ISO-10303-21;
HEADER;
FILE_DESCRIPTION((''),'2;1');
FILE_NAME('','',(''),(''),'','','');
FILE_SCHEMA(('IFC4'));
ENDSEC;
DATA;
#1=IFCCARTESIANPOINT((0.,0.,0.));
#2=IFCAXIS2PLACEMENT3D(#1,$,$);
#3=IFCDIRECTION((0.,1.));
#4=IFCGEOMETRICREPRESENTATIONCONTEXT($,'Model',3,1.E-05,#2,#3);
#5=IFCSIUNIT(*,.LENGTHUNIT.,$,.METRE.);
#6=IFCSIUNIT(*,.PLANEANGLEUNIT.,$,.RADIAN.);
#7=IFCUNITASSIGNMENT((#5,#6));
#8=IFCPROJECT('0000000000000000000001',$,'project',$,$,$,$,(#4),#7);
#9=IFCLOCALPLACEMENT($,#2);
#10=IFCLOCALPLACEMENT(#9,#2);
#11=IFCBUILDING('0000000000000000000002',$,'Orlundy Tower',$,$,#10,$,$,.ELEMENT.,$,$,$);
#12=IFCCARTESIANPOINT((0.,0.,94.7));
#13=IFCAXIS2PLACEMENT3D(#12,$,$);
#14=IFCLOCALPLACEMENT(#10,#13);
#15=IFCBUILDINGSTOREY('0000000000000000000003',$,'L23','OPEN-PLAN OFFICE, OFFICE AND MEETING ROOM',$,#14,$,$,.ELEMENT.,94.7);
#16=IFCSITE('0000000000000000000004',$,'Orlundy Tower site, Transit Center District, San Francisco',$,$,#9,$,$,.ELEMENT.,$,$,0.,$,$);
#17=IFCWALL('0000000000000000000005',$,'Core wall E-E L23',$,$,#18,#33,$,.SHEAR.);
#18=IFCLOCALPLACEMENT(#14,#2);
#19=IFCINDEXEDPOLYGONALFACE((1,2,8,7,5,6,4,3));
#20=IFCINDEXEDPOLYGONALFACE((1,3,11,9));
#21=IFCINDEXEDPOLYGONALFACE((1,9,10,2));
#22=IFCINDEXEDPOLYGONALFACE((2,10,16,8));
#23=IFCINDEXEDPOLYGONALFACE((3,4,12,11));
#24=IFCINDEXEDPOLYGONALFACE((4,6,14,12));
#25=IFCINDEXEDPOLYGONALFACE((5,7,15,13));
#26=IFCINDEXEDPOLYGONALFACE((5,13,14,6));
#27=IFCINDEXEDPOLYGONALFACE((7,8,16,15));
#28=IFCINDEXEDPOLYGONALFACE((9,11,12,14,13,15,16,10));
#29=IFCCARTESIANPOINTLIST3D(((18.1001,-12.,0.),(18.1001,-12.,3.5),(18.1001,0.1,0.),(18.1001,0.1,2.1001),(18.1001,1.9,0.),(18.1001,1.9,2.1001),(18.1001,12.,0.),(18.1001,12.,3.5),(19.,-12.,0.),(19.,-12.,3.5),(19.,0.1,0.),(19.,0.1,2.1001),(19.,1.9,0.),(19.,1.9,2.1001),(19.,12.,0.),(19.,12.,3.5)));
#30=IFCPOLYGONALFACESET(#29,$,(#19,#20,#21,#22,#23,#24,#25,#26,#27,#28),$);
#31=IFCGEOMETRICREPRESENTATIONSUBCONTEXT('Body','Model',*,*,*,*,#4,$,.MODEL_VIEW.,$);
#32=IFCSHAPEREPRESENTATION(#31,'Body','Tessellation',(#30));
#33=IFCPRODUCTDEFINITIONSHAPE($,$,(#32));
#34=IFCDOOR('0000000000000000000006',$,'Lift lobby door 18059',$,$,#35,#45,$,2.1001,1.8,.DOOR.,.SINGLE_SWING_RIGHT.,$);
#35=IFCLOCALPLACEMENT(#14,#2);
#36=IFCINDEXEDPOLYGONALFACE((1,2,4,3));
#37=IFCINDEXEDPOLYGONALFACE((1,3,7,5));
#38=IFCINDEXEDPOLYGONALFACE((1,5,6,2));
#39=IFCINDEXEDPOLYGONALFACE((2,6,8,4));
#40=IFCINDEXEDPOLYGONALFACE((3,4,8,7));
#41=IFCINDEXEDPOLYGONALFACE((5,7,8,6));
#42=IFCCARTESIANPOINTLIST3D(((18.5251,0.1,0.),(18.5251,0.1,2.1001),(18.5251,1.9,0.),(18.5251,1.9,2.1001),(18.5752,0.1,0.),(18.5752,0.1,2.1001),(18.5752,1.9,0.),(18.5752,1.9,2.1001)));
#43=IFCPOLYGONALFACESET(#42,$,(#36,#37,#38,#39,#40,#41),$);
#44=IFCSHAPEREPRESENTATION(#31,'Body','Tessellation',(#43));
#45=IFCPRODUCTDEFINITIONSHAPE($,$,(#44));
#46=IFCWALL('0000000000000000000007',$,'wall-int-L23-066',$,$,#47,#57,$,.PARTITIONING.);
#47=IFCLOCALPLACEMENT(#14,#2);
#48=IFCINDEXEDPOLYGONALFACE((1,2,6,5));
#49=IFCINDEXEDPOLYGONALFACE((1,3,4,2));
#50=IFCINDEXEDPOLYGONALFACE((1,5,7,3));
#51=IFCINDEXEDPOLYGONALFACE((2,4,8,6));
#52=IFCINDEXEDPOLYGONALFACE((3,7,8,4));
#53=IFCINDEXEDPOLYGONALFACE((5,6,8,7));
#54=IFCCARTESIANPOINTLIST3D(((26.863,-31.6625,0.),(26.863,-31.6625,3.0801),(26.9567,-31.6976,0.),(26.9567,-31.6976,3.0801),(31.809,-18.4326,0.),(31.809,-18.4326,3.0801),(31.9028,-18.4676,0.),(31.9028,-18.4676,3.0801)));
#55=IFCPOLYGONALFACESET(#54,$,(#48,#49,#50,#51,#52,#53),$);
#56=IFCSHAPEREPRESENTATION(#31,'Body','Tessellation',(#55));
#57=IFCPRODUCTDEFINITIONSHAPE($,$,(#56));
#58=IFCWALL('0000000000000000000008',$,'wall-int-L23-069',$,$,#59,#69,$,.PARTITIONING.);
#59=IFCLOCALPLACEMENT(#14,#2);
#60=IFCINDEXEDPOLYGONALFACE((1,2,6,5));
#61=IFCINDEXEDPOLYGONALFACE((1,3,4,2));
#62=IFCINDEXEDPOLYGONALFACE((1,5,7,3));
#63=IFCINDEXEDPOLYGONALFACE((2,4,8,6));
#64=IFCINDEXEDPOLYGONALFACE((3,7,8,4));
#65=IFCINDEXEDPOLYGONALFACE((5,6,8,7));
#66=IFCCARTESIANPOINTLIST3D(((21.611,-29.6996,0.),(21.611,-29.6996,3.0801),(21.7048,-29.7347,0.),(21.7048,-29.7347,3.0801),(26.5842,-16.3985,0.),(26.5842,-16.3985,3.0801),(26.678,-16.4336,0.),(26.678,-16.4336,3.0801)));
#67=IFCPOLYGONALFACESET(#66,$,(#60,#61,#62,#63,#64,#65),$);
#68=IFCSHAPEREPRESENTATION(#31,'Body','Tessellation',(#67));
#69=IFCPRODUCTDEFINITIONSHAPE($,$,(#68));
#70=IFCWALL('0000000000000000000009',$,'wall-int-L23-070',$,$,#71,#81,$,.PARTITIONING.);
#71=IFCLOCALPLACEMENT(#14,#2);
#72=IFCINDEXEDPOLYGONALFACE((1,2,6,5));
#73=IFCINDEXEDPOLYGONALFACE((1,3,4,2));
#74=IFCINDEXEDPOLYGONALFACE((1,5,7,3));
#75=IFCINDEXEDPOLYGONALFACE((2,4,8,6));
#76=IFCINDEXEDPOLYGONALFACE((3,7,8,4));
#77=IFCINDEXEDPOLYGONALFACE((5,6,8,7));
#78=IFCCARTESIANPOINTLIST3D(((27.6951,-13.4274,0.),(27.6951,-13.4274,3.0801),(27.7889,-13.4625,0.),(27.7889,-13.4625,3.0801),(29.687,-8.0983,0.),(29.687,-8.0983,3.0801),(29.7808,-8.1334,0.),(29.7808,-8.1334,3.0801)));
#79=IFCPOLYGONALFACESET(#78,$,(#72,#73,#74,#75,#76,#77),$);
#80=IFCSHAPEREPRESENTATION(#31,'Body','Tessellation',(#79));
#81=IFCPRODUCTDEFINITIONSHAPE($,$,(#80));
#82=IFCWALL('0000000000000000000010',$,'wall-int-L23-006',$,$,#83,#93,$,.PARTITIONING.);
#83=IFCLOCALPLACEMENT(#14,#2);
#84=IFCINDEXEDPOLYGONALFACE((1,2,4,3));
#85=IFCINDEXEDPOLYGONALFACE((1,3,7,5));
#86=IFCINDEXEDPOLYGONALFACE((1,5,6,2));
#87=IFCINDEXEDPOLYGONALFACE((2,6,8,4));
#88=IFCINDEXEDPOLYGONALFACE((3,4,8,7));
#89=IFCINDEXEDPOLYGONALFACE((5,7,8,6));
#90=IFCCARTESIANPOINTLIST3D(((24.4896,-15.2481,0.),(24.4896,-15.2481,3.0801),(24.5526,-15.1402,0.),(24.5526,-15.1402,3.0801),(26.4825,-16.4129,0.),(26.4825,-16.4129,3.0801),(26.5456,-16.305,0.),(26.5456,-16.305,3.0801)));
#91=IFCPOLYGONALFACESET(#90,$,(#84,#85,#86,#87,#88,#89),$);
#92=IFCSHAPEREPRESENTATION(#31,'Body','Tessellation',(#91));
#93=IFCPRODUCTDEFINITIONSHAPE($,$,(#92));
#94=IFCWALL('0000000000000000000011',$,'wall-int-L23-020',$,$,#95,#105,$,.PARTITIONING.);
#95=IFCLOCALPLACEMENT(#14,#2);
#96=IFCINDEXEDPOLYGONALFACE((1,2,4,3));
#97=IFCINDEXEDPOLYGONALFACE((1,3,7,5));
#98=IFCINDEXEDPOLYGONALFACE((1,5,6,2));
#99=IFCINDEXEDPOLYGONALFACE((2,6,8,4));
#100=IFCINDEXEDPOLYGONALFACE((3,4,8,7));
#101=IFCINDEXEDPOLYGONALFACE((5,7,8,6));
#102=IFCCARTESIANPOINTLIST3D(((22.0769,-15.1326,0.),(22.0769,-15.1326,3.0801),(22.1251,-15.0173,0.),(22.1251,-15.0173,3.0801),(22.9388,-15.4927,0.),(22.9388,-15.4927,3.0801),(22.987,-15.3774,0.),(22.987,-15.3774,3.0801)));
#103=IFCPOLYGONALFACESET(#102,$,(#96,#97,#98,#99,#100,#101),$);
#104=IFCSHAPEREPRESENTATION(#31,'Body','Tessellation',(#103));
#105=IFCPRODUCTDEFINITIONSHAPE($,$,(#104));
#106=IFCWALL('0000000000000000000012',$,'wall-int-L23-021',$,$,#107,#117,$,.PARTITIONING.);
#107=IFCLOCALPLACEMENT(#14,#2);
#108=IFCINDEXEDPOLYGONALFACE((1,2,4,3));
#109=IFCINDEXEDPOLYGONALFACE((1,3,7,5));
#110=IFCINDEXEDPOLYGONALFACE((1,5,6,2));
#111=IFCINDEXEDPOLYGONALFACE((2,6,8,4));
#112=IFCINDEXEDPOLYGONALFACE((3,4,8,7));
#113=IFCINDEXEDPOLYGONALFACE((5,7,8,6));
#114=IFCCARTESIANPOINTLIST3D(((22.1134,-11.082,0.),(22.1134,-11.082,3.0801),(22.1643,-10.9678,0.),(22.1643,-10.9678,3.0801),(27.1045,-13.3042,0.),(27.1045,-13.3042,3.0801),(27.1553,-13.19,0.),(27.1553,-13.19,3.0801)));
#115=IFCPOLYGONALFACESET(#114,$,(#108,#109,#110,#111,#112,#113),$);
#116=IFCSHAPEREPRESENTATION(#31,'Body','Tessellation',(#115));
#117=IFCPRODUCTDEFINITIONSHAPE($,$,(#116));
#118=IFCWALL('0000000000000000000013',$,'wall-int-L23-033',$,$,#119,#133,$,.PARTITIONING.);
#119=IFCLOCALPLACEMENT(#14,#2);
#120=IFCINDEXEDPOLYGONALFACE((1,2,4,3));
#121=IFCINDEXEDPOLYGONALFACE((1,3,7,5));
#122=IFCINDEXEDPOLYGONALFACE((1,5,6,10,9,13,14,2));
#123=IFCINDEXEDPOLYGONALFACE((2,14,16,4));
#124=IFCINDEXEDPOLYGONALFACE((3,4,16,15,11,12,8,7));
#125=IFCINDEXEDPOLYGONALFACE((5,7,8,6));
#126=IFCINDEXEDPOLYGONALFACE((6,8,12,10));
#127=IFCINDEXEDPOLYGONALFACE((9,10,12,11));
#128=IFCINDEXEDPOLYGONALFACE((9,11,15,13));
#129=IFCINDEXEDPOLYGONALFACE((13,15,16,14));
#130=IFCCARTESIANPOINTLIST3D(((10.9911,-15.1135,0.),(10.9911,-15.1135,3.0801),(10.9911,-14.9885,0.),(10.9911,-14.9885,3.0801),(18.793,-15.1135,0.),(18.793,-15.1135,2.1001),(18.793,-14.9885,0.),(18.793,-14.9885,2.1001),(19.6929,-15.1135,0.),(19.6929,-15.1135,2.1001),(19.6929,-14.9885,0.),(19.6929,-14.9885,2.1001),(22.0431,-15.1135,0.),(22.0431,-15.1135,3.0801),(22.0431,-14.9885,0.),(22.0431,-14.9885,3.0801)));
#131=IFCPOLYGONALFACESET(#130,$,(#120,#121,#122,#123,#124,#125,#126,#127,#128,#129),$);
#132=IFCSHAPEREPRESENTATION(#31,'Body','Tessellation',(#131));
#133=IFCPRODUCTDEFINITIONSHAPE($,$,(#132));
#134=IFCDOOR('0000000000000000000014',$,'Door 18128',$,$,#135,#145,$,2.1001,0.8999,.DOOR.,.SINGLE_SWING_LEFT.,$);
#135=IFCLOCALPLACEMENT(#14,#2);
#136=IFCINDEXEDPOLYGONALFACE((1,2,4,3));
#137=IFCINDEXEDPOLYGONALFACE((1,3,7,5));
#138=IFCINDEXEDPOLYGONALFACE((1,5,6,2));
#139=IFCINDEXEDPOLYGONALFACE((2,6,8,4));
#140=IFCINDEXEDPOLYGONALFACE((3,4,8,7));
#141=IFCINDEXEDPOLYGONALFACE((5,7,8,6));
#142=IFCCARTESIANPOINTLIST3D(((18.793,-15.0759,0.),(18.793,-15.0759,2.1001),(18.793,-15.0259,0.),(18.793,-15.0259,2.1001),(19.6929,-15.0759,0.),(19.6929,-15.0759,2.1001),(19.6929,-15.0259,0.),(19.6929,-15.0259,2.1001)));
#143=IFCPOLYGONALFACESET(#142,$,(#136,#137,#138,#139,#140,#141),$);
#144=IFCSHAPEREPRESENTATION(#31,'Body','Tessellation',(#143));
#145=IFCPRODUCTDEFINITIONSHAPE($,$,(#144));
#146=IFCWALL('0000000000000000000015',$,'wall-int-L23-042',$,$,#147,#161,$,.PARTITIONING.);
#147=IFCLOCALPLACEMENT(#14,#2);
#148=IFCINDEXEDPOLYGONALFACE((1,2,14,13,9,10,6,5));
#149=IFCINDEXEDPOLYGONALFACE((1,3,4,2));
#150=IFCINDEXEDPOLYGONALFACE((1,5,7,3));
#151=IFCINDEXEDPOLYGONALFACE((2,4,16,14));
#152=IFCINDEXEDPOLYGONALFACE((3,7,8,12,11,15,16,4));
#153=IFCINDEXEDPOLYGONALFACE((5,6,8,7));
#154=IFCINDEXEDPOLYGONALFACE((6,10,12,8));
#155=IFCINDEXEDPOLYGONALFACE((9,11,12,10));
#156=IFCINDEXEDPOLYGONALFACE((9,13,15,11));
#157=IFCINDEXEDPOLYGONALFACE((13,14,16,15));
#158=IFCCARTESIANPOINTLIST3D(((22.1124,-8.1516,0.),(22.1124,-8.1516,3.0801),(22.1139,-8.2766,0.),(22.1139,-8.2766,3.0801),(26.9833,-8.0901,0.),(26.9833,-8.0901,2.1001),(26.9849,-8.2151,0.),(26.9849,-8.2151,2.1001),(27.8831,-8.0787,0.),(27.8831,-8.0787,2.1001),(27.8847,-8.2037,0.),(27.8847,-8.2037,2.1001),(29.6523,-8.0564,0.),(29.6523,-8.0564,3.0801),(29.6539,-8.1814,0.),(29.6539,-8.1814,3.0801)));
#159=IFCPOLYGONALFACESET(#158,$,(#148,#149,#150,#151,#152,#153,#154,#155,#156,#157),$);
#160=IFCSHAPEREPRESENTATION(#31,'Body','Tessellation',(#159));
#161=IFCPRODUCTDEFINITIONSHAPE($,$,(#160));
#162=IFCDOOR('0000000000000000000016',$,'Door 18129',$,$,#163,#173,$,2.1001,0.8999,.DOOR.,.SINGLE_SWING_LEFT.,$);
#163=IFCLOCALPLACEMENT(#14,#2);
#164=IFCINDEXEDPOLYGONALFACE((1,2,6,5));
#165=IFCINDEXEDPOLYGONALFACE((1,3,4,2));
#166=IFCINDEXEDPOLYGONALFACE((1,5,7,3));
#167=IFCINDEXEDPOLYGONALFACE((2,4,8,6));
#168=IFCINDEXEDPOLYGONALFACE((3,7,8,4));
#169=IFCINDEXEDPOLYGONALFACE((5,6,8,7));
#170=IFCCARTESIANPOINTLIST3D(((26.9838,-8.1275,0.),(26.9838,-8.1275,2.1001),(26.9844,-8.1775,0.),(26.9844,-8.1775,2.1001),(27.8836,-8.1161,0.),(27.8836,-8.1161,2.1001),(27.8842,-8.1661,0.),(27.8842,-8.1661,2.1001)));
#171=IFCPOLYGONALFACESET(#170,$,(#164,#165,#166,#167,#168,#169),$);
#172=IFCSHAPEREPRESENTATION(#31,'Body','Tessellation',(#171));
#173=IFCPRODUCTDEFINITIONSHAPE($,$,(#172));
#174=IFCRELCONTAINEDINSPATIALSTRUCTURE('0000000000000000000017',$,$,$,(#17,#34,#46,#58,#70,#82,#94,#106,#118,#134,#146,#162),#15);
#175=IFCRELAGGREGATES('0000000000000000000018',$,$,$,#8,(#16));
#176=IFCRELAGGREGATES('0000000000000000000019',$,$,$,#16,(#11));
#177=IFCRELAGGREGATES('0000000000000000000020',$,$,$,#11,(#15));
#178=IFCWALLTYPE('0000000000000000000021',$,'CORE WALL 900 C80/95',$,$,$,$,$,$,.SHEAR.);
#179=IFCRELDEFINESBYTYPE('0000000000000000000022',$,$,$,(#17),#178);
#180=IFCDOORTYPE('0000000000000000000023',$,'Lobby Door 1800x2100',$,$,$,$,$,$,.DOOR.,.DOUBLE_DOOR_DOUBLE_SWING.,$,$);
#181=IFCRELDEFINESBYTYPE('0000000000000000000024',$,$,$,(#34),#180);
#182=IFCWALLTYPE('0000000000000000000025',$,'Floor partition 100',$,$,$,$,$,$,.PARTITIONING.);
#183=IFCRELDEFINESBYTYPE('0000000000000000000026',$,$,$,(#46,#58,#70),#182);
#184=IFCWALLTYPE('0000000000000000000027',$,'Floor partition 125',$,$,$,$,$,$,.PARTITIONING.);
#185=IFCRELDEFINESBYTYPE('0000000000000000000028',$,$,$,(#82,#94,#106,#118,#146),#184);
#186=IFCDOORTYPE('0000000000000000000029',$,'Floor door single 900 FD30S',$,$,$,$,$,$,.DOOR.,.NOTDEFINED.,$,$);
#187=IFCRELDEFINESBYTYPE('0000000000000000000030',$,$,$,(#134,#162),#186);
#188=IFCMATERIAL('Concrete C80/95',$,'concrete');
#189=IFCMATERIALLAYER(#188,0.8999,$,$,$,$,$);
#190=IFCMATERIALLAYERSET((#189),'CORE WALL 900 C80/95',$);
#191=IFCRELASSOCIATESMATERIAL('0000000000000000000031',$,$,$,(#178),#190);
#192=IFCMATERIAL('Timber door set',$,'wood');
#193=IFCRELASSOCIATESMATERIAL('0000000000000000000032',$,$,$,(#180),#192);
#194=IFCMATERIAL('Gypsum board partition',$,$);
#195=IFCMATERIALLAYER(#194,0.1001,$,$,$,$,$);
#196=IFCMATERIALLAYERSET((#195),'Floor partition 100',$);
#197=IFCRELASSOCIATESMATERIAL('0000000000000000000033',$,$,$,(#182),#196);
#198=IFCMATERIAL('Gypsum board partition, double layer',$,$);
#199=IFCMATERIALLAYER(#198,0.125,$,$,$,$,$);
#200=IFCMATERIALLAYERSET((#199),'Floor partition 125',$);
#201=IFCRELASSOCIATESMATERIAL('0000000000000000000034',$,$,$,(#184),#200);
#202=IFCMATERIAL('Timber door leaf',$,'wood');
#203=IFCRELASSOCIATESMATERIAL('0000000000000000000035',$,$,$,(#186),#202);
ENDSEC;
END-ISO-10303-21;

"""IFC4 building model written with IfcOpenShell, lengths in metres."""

from ifc_helpers import new_model, si_unit, direction, frame, frame_2d, origin, place, context, subcontext, project, spatial, rectangle, extrude, material, layer, layer_set, type_object, element, fill, save


model = new_model("IFC4")

# Units and contexts
model_context = context("Model", 3, precision=1e-05, world=origin(), true_north=direction((0.0, 1.0)))
body_context = subcontext(model_context, "Body", "Model", "MODEL_VIEW")
ifc_project = project(units=[si_unit("LENGTHUNIT", "METRE"), si_unit("PLANEANGLEUNIT", "RADIAN")], contexts=[model_context])

# Site, building, storey
site_placement = place(None, origin())
site = spatial("IfcSite", under=ifc_project, at=site_placement, Name="Orlundy Tower site, Transit Center District, San Francisco", CompositionType="ELEMENT", RefElevation=0.0)
building_placement = place(site_placement, origin())
building = spatial("IfcBuilding", under=site, at=building_placement, Name="Orlundy Tower", CompositionType="ELEMENT")
storey_placement = place(building_placement, frame((0.0, 0.0, 94.7)))
storey = spatial("IfcBuildingStorey", under=building, at=storey_placement, Name="L23", Description="OPEN-PLAN OFFICE, OFFICE AND MEETING ROOM", CompositionType="ELEMENT", Elevation=94.7)

# Wall, opening, door
ifc_material_1 = material(Name="Concrete C80/95", Category="concrete")
ifc_layer_1 = layer(ifc_material_1, 0.8999)
ifc_layer_set_1 = layer_set([ifc_layer_1], Name="CORE WALL 900 C80/95")
wall_type_1 = type_object("IfcWallType", Name="CORE WALL 900 C80/95", PredefinedType="SHEAR", material=ifc_layer_set_1)
wall_1_placement = place(storey_placement, frame((18.55, -12.0, 0.0), z_axis=(0.0, 0.0, 1.0), x_axis=(0.0, 1.0, 0.0)))
wall_1 = element("IfcWall", 1, at=wall_1_placement, inside=storey, type_object=wall_type_1, Name="Core wall E-E L23", PredefinedType="SHEAR", context=body_context, shape_type="SweptSolid", body=[
    extrude(rectangle(XDim=24.0, YDim=0.8999, at=frame_2d((12.0, 0.0))), origin(), (0.0, 0.0, 1.0), 3.5),
])
opening_1_placement = place(wall_1_placement, frame((12.1001, 0.0, 0.0)))
opening_1 = element("IfcOpeningElement", 2, at=opening_1_placement, cuts=wall_1, PredefinedType="OPENING", context=body_context, shape_type="SweptSolid", body=[
    extrude(rectangle(XDim=1.8, YDim=2.1001, at=frame_2d((0.8999, 1.05))), frame((0.0, 0.46, 0.0), z_axis=(0.0, -1.0, 0.0), x_axis=(1.0, 0.0, 0.0)), (0.0, 0.0, 1.0), 0.9199),
])
ifc_material_2 = material(Name="Timber door set", Category="wood")
door_type_1 = type_object("IfcDoorType", Name="Lobby Door 1800x2100", OperationType="DOUBLE_DOOR_DOUBLE_SWING", PredefinedType="DOOR", material=ifc_material_2)
door_1_placement = place(opening_1_placement, origin())
door_1 = element("IfcDoor", 3, at=door_1_placement, inside=storey, type_object=door_type_1, Name="Lift lobby door 18059", OperationType="SINGLE_SWING_RIGHT", OverallHeight=2.1001, OverallWidth=1.8, PredefinedType="DOOR", context=body_context, shape_type="SweptSolid", body=[
    extrude(rectangle(XDim=1.8, YDim=2.1001, at=frame_2d((0.8999, 1.05))), frame((0.0, 0.0249, 0.0), z_axis=(0.0, -1.0, 0.0), x_axis=(1.0, 0.0, 0.0)), (0.0, 0.0, 1.0), 0.05),
])
fill(opening_1, door_1)

# Walls
ifc_material_3 = material(Name="Gypsum board partition")
ifc_layer_2 = layer(ifc_material_3, 0.1001)
ifc_layer_set_2 = layer_set([ifc_layer_2], Name="Floor partition 100")
wall_type_2 = type_object("IfcWallType", Name="Floor partition 100", PredefinedType="PARTITIONING", material=ifc_layer_set_2)
wall_2_placement = place(storey_placement, frame((26.9099, -31.6799, 0.0), z_axis=(0.0, 0.0, 1.0), x_axis=(0.35018, 0.936682, 0.0)))
element("IfcWall", 4, at=wall_2_placement, inside=storey, type_object=wall_type_2, Name="wall-int-L23-066", PredefinedType="PARTITIONING", context=body_context, shape_type="SweptSolid", body=[
    extrude(rectangle(XDim=14.1243, YDim=0.1001, at=frame_2d((7.062, 0.0))), origin(), (0.0, 0.0, 1.0), 3.0801),
])
wall_3_placement = place(storey_placement, frame((21.658, -29.717, 0.0), z_axis=(0.0, 0.0, 1.0), x_axis=(0.350213, 0.93667, 0.0)))
element("IfcWall", 5, at=wall_3_placement, inside=storey, type_object=wall_type_2, Name="wall-int-L23-069", PredefinedType="PARTITIONING", context=body_context, shape_type="SweptSolid", body=[
    extrude(rectangle(XDim=14.2004, YDim=0.1001, at=frame_2d((7.1001, 0.0))), origin(), (0.0, 0.0, 1.0), 3.0801),
])
wall_4_placement = place(storey_placement, frame((27.7419, -13.4451, 0.0), z_axis=(0.0, 0.0, 1.0), x_axis=(0.350126, 0.936703, 0.0)))
element("IfcWall", 6, at=wall_4_placement, inside=storey, type_object=wall_type_2, Name="wall-int-L23-070", PredefinedType="PARTITIONING", context=body_context, shape_type="SweptSolid", body=[
    extrude(rectangle(XDim=5.6892, YDim=0.1001, at=frame_2d((2.8447, 0.0))), origin(), (0.0, 0.0, 1.0), 3.0801),
])
ifc_material_4 = material(Name="Gypsum board partition, double layer")
ifc_layer_3 = layer(ifc_material_4, 0.125)
ifc_layer_set_3 = layer_set([ifc_layer_3], Name="Floor partition 125")
wall_type_3 = type_object("IfcWallType", Name="Floor partition 125", PredefinedType="PARTITIONING", material=ifc_layer_set_3)
wall_5_placement = place(storey_placement, frame((24.521, -15.1941, 0.0), z_axis=(0.0, 0.0, 1.0), x_axis=(0.863353, -0.504601, 0.0)))
element("IfcWall", 7, at=wall_5_placement, inside=storey, type_object=wall_type_3, Name="wall-int-L23-006", PredefinedType="PARTITIONING", context=body_context, shape_type="SweptSolid", body=[
    extrude(rectangle(XDim=2.3083, YDim=0.125, at=frame_2d((1.1543, 0.0))), origin(), (0.0, 0.0, 1.0), 3.0801),
])
wall_6_placement = place(storey_placement, frame((22.9629, -15.4351, 0.0), z_axis=(0.0, 0.0, 1.0), x_axis=(-0.92269, 0.385543, 0.0)))
element("IfcWall", 8, at=wall_6_placement, inside=storey, type_object=wall_type_3, Name="wall-int-L23-020", PredefinedType="PARTITIONING", context=body_context, shape_type="SweptSolid", body=[
    extrude(rectangle(XDim=0.9341, YDim=0.125, at=frame_2d((0.467, 0.0))), origin(), (0.0, 0.0, 1.0), 3.0801),
])
wall_7_placement = place(storey_placement, frame((27.1299, -13.2471, 0.0), z_axis=(0.0, 0.0, 1.0), x_axis=(-0.913542, 0.406744, 0.0)))
element("IfcWall", 9, at=wall_7_placement, inside=storey, type_object=wall_type_3, Name="wall-int-L23-021", PredefinedType="PARTITIONING", context=body_context, shape_type="SweptSolid", body=[
    extrude(rectangle(XDim=5.4634, YDim=0.125, at=frame_2d((2.7317, 0.0))), origin(), (0.0, 0.0, 1.0), 3.0801),
])

# Walls, openings, doors
wall_8_placement = place(storey_placement, frame((22.043, -15.051, 0.0), z_axis=(0.0, 0.0, 1.0), x_axis=(-1.0, 0.0, 0.0)))
wall_8 = element("IfcWall", 10, at=wall_8_placement, inside=storey, type_object=wall_type_3, Name="wall-int-L23-033", PredefinedType="PARTITIONING", context=body_context, shape_type="SweptSolid", body=[
    extrude(rectangle(XDim=11.052, YDim=0.125, at=frame_2d((5.5259, 0.0))), origin(), (0.0, 0.0, 1.0), 3.0801),
])
opening_2_placement = place(wall_8_placement, frame((2.3501, 0.0, 0.0)))
opening_2 = element("IfcOpeningElement", 11, at=opening_2_placement, cuts=wall_8, PredefinedType="OPENING", context=body_context, shape_type="SweptSolid", body=[
    extrude(rectangle(XDim=0.8999, YDim=2.1001, at=frame_2d((0.45, 1.05))), frame((0.0, 0.0725, 0.0), z_axis=(0.0, -1.0, 0.0), x_axis=(1.0, 0.0, 0.0)), (0.0, 0.0, 1.0), 0.145),
])
ifc_material_5 = material(Name="Timber door leaf", Category="wood")
door_type_2 = type_object("IfcDoorType", Name="Floor door single 900 FD30S", OperationType="NOTDEFINED", PredefinedType="DOOR", material=ifc_material_5)
door_2_placement = place(opening_2_placement, origin())
door_2 = element("IfcDoor", 12, at=door_2_placement, inside=storey, type_object=door_type_2, Name="Door 18128", OperationType="SINGLE_SWING_LEFT", OverallHeight=2.1001, OverallWidth=0.8999, PredefinedType="DOOR", context=body_context, shape_type="SweptSolid", body=[
    extrude(rectangle(XDim=0.8999, YDim=2.1001, at=frame_2d((0.45, 1.05))), frame((0.0, 0.0249, 0.0), z_axis=(0.0, -1.0, 0.0), x_axis=(1.0, 0.0, 0.0)), (0.0, 0.0, 1.0), 0.05),
])
fill(opening_2, door_2)
wall_9_placement = place(storey_placement, frame((29.6531, -8.1189, 0.0), z_axis=(0.0, 0.0, 1.0), x_axis=(-0.99992, -0.012627, 0.0)))
wall_9 = element("IfcWall", 13, at=wall_9_placement, inside=storey, type_object=wall_type_3, Name="wall-int-L23-042", PredefinedType="PARTITIONING", context=body_context, shape_type="SweptSolid", body=[
    extrude(rectangle(XDim=7.5405, YDim=0.125, at=frame_2d((3.7703, 0.0))), origin(), (0.0, 0.0, 1.0), 3.0801),
])
opening_3_placement = place(wall_9_placement, frame((1.7693, 0.0, 0.0)))
opening_3 = element("IfcOpeningElement", 14, at=opening_3_placement, cuts=wall_9, PredefinedType="OPENING", context=body_context, shape_type="SweptSolid", body=[
    extrude(rectangle(XDim=0.8999, YDim=2.1001, at=frame_2d((0.45, 1.05))), frame((0.0, 0.0725, 0.0), z_axis=(0.0, -1.0, 0.0), x_axis=(1.0, 0.0, 0.0)), (0.0, 0.0, 1.0), 0.145),
])
door_3_placement = place(opening_3_placement, origin())
door_3 = element("IfcDoor", 15, at=door_3_placement, inside=storey, type_object=door_type_2, Name="Door 18129", OperationType="SINGLE_SWING_LEFT", OverallHeight=2.1001, OverallWidth=0.8999, PredefinedType="DOOR", context=body_context, shape_type="SweptSolid", body=[
    extrude(rectangle(XDim=0.8999, YDim=2.1001, at=frame_2d((0.45, 1.05))), frame((0.0, 0.0249, 0.0), z_axis=(0.0, -1.0, 0.0), x_axis=(1.0, 0.0, 0.0)), (0.0, 0.0, 1.0), 0.05),
])
fill(opening_3, door_3)

save(model, "model.ifc")
